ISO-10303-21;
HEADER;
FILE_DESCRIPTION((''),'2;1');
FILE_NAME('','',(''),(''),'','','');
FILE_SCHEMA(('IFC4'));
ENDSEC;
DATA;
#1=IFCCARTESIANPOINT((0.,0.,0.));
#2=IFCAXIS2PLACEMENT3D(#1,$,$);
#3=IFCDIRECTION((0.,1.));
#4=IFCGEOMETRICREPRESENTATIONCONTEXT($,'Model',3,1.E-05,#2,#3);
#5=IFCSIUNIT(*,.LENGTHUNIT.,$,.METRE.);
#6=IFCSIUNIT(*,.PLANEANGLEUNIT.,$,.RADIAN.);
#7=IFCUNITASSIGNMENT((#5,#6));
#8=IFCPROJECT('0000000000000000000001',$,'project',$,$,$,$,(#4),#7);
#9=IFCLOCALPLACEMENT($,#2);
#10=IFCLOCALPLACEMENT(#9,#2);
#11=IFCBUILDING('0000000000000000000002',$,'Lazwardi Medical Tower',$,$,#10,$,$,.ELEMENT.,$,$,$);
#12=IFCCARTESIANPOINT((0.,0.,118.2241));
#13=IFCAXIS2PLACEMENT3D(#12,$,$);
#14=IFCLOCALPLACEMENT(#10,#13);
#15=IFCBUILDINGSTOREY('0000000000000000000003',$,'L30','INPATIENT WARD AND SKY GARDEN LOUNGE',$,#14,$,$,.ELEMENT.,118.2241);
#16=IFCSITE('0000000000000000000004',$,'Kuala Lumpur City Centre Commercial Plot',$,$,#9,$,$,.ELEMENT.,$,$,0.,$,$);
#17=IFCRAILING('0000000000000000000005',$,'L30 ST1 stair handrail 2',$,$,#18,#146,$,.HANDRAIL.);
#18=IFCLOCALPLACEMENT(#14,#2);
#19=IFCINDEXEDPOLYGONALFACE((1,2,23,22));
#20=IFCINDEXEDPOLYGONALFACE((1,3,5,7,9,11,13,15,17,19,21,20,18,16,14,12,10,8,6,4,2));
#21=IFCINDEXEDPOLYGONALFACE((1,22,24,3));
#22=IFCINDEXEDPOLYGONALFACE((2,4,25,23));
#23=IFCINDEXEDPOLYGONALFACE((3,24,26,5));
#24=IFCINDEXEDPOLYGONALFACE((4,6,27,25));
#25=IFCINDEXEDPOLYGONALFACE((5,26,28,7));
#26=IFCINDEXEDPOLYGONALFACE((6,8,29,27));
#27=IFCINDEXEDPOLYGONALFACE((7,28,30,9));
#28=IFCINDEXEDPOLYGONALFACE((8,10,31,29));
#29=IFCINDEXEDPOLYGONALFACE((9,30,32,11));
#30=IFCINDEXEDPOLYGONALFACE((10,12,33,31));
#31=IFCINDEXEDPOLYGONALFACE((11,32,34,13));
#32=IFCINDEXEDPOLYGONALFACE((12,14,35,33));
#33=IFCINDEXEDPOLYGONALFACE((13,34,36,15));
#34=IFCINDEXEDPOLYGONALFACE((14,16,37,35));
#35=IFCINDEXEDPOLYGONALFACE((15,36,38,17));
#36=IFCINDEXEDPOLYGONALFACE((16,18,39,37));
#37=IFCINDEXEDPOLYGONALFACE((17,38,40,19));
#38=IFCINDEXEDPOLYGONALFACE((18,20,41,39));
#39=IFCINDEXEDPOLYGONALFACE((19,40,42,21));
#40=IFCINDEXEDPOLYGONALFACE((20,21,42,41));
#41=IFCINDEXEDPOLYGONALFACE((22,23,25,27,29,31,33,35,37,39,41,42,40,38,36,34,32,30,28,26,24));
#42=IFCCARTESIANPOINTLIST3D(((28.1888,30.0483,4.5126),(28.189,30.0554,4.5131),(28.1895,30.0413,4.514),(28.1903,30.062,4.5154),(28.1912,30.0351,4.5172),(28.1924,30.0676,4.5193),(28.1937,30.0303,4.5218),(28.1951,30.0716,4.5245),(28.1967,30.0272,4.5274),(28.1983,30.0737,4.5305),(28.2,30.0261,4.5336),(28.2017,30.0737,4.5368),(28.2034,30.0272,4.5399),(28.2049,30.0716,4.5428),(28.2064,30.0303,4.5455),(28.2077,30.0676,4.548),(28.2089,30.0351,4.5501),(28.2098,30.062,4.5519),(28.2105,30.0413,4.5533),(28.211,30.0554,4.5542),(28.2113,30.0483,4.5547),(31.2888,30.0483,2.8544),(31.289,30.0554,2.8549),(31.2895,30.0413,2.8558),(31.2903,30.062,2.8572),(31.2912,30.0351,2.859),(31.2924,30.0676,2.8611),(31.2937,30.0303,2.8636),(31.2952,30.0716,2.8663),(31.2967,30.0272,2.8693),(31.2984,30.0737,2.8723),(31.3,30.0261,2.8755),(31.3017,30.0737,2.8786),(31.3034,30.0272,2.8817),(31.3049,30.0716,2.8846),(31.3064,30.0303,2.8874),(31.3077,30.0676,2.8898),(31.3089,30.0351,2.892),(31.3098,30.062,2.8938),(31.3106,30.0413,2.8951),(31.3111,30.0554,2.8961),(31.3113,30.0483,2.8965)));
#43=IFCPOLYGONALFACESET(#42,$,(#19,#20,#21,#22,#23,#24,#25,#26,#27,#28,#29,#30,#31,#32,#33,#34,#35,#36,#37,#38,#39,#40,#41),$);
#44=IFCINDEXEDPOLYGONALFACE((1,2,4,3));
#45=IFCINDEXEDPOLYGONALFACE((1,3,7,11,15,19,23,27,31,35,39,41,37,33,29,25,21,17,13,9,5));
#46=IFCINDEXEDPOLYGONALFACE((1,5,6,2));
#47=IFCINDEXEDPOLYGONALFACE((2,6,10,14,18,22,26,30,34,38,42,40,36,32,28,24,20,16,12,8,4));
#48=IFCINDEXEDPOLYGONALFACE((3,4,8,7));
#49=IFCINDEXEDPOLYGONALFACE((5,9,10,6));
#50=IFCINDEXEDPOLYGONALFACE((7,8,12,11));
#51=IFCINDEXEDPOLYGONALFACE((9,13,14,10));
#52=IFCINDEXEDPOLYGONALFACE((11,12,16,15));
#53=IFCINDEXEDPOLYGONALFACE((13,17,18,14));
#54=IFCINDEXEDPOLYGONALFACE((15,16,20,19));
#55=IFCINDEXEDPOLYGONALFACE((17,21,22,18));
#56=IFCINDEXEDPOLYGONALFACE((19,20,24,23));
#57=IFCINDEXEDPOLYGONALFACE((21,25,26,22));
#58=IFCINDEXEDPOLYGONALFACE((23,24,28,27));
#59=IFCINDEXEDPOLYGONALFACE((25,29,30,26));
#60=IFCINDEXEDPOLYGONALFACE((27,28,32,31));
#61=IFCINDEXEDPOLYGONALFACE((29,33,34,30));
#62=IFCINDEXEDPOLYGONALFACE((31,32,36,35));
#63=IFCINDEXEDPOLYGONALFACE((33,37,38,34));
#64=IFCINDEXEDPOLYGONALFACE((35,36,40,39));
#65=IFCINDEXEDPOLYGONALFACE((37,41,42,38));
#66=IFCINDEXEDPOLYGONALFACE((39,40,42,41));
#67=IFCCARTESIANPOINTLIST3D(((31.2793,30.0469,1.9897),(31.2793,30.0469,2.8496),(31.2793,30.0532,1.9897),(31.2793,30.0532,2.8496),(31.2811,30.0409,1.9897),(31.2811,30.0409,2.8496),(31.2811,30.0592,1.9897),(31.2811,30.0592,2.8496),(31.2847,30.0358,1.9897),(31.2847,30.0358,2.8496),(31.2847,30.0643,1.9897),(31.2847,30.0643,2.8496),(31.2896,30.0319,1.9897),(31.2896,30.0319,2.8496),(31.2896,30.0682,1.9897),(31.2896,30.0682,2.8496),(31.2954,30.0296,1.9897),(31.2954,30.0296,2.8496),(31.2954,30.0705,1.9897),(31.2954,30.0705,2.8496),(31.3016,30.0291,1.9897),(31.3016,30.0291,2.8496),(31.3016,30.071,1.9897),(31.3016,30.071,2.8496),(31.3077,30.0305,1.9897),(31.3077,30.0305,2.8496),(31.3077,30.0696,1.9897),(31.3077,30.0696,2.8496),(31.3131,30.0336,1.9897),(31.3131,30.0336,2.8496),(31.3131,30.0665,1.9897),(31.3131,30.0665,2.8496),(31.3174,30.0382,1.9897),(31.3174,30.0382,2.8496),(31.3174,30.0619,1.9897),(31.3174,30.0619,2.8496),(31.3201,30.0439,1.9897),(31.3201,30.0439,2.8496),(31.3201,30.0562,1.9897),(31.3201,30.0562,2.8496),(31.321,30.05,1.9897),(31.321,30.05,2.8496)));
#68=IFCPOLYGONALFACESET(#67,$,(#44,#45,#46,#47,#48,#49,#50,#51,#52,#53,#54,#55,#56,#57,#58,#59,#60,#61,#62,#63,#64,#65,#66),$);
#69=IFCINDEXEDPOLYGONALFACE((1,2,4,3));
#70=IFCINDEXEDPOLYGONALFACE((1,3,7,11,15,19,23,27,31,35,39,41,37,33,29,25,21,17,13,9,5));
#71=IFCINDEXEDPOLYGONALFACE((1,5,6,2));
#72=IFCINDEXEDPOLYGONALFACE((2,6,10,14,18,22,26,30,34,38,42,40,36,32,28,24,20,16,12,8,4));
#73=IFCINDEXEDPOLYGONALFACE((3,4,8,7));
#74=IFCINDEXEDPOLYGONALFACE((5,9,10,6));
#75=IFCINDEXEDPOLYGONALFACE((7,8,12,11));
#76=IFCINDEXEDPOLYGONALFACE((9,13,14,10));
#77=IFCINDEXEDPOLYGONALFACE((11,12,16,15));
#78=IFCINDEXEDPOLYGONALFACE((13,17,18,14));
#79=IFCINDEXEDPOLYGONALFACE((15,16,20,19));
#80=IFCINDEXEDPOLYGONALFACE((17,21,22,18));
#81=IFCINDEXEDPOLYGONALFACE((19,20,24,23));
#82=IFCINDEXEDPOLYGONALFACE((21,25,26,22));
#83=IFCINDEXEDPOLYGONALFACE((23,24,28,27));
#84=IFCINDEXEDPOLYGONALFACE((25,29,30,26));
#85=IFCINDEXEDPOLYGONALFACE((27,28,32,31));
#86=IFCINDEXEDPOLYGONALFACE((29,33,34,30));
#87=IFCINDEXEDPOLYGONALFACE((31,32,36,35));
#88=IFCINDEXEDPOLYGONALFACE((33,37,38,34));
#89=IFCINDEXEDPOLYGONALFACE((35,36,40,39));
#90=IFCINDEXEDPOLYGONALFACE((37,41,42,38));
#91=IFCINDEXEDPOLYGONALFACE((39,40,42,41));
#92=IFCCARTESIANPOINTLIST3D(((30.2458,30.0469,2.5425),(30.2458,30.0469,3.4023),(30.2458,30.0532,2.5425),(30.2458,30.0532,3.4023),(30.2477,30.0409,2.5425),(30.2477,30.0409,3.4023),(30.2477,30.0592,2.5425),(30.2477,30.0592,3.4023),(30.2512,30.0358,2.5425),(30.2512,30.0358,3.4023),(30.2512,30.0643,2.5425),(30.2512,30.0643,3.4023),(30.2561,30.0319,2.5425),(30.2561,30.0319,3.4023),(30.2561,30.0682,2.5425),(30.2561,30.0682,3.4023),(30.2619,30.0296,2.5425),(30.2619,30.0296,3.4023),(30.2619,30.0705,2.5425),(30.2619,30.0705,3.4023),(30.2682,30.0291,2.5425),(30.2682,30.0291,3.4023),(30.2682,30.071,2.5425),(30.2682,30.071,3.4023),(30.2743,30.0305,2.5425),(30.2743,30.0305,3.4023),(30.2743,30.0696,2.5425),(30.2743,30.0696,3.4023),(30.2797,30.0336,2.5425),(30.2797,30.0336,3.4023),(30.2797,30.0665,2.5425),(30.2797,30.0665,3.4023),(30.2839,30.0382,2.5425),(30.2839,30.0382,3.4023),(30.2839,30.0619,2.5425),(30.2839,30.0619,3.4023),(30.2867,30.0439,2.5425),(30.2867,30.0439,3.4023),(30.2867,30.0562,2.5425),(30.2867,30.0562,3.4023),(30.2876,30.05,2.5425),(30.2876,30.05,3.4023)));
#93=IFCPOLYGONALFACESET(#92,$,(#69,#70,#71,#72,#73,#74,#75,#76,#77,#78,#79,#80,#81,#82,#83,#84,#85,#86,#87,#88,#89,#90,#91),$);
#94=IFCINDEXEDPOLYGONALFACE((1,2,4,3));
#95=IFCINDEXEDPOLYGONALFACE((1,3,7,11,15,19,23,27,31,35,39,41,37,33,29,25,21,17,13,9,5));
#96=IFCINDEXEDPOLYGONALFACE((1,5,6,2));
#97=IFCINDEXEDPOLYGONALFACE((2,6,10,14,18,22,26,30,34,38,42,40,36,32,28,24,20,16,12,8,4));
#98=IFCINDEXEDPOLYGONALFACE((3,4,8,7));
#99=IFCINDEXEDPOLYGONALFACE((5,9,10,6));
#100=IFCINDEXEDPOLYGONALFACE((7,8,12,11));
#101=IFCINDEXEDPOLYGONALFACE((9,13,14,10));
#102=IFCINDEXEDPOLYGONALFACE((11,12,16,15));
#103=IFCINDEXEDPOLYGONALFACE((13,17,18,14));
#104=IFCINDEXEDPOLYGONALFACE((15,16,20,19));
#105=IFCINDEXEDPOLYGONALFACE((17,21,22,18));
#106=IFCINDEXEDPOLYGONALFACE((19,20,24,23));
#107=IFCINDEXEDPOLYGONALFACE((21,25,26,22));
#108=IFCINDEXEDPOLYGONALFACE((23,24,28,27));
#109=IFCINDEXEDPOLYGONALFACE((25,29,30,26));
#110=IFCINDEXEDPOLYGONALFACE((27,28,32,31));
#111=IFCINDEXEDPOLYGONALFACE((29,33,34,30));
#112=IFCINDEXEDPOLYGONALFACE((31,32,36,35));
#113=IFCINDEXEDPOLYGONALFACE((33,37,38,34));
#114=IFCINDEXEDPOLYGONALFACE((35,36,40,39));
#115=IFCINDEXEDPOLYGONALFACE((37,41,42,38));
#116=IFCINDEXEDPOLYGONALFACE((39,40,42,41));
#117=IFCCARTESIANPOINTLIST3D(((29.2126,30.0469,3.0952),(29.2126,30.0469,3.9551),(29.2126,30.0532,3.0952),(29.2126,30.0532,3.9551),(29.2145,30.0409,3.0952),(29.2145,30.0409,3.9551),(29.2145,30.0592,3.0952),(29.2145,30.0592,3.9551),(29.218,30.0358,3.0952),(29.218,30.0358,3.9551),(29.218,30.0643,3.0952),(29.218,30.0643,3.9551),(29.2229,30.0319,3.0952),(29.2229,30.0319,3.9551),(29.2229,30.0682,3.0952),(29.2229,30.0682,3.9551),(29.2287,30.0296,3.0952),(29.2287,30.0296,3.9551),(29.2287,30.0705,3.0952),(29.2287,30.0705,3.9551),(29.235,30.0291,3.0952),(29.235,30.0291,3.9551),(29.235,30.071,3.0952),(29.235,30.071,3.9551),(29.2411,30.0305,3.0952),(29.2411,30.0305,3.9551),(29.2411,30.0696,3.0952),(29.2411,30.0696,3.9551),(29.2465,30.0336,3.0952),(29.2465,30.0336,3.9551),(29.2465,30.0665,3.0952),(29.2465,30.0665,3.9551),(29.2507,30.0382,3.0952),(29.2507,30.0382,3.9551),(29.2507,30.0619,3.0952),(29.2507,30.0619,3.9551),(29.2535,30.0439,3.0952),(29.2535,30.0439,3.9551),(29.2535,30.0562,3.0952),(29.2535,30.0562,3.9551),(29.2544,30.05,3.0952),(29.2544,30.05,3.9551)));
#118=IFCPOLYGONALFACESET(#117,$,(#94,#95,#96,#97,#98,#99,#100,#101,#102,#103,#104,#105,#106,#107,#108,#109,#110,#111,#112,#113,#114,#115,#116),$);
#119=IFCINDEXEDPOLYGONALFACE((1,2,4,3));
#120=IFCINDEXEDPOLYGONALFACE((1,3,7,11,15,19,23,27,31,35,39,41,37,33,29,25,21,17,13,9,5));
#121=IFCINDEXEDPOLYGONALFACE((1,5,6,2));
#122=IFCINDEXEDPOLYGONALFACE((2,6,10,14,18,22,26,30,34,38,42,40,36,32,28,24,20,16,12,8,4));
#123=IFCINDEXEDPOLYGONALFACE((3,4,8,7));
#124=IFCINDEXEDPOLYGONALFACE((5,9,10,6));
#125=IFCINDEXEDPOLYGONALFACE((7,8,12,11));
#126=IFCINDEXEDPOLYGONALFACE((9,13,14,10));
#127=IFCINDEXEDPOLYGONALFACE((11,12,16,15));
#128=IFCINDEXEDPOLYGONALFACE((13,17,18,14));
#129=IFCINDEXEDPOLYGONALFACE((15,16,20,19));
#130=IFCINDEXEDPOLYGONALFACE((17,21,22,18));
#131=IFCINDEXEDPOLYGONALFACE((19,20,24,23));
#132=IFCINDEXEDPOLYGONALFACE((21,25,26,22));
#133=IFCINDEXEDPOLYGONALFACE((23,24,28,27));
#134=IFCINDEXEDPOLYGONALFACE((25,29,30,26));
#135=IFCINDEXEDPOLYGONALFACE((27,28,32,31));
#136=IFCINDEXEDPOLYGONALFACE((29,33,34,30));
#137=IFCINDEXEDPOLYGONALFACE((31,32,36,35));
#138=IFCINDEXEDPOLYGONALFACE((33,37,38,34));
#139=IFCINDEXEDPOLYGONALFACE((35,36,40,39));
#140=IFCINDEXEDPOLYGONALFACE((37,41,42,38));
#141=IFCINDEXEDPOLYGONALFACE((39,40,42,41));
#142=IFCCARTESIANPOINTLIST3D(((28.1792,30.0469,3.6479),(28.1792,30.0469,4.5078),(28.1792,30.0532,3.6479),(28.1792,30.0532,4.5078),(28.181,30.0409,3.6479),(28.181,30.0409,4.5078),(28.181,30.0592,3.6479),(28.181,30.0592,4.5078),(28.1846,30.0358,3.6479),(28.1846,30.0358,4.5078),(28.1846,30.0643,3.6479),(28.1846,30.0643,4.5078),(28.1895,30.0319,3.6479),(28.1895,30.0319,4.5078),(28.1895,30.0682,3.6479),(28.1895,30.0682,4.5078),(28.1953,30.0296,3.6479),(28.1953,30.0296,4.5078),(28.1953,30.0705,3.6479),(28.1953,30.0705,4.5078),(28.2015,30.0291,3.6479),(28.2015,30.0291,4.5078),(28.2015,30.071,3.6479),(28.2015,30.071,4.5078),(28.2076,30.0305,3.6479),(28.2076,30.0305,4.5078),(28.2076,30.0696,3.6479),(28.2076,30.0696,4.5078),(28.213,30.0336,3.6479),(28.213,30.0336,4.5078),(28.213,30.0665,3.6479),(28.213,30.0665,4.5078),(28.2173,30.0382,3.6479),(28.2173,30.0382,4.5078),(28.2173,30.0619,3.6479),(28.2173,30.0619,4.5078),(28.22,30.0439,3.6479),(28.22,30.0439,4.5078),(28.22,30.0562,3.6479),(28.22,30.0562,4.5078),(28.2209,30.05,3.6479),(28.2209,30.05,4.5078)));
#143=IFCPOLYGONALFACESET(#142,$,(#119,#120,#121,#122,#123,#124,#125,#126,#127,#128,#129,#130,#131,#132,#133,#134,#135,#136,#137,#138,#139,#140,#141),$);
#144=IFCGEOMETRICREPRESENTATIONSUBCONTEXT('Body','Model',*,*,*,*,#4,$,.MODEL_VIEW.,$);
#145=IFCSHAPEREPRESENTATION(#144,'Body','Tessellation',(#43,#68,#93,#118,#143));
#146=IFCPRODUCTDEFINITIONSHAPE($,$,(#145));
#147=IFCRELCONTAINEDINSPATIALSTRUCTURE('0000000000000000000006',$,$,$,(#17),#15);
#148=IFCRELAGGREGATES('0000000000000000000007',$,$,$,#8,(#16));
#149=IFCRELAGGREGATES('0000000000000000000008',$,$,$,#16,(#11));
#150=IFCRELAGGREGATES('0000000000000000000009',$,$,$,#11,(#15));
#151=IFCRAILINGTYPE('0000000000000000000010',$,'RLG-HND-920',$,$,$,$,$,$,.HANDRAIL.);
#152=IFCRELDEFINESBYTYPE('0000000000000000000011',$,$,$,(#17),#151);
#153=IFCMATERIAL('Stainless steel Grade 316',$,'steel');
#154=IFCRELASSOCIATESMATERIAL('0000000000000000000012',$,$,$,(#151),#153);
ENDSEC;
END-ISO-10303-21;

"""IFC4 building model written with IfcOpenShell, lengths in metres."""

from ifc_helpers import new_model, si_unit, direction, frame, origin, origin_2d, place, context, subcontext, project, spatial, circle, extrude, material, type_object, element, save


model = new_model("IFC4")

# Units and contexts
model_context = context("Model", 3, precision=1e-05, world=origin(), true_north=direction((0.0, 1.0)))
body_context = subcontext(model_context, "Body", "Model", "MODEL_VIEW")
ifc_project = project(units=[si_unit("LENGTHUNIT", "METRE"), si_unit("PLANEANGLEUNIT", "RADIAN")], contexts=[model_context])

# Site, building, storey
site_placement = place(None, origin())
site = spatial("IfcSite", under=ifc_project, at=site_placement, Name="Kuala Lumpur City Centre Commercial Plot", CompositionType="ELEMENT", RefElevation=0.0)
building_placement = place(site_placement, origin())
building = spatial("IfcBuilding", under=site, at=building_placement, Name="Lazwardi Medical Tower", CompositionType="ELEMENT")
storey_placement = place(building_placement, frame((0.0, 0.0, 118.2241)))
storey = spatial("IfcBuildingStorey", under=building, at=storey_placement, Name="L30", Description="INPATIENT WARD AND SKY GARDEN LOUNGE", CompositionType="ELEMENT", Elevation=118.2241)

# Railing
ifc_material_1 = material(Name="Stainless steel Grade 316", Category="steel")
railing_type_1 = type_object("IfcRailingType", Name="RLG-HND-920", PredefinedType="HANDRAIL", material=ifc_material_1)
railing_1_placement = place(storey_placement, frame((31.3, 30.05, 1.9897)))
element("IfcRailing", 1, at=railing_1_placement, inside=storey, type_object=railing_type_1, Name="L30 ST1 stair handrail 2", PredefinedType="HANDRAIL", context=body_context, shape_type="SweptSolid", body=[
    extrude(circle(Radius=0.0239, at=origin_2d()), frame((0.0, 0.0, 0.8857), z_axis=(-0.881783, 0.0, 0.471655), x_axis=(0.0, -1.0, 0.0)), (0.0, 0.0, 1.0), 3.5156),
    extrude(circle(Radius=0.021, at=origin_2d()), origin(), (0.0, 0.0, 1.0), 0.8599),
    extrude(circle(Radius=0.021, at=origin_2d()), frame((-1.0334, 0.0, 0.5527)), (0.0, 0.0, 1.0), 0.8599),
    extrude(circle(Radius=0.021, at=origin_2d()), frame((-2.0667, 0.0, 1.1055)), (0.0, 0.0, 1.0), 0.8599),
    extrude(circle(Radius=0.021, at=origin_2d()), frame((-3.1001, 0.0, 1.6582)), (0.0, 0.0, 1.0), 0.8599),
])

save(model, "model.ifc")
